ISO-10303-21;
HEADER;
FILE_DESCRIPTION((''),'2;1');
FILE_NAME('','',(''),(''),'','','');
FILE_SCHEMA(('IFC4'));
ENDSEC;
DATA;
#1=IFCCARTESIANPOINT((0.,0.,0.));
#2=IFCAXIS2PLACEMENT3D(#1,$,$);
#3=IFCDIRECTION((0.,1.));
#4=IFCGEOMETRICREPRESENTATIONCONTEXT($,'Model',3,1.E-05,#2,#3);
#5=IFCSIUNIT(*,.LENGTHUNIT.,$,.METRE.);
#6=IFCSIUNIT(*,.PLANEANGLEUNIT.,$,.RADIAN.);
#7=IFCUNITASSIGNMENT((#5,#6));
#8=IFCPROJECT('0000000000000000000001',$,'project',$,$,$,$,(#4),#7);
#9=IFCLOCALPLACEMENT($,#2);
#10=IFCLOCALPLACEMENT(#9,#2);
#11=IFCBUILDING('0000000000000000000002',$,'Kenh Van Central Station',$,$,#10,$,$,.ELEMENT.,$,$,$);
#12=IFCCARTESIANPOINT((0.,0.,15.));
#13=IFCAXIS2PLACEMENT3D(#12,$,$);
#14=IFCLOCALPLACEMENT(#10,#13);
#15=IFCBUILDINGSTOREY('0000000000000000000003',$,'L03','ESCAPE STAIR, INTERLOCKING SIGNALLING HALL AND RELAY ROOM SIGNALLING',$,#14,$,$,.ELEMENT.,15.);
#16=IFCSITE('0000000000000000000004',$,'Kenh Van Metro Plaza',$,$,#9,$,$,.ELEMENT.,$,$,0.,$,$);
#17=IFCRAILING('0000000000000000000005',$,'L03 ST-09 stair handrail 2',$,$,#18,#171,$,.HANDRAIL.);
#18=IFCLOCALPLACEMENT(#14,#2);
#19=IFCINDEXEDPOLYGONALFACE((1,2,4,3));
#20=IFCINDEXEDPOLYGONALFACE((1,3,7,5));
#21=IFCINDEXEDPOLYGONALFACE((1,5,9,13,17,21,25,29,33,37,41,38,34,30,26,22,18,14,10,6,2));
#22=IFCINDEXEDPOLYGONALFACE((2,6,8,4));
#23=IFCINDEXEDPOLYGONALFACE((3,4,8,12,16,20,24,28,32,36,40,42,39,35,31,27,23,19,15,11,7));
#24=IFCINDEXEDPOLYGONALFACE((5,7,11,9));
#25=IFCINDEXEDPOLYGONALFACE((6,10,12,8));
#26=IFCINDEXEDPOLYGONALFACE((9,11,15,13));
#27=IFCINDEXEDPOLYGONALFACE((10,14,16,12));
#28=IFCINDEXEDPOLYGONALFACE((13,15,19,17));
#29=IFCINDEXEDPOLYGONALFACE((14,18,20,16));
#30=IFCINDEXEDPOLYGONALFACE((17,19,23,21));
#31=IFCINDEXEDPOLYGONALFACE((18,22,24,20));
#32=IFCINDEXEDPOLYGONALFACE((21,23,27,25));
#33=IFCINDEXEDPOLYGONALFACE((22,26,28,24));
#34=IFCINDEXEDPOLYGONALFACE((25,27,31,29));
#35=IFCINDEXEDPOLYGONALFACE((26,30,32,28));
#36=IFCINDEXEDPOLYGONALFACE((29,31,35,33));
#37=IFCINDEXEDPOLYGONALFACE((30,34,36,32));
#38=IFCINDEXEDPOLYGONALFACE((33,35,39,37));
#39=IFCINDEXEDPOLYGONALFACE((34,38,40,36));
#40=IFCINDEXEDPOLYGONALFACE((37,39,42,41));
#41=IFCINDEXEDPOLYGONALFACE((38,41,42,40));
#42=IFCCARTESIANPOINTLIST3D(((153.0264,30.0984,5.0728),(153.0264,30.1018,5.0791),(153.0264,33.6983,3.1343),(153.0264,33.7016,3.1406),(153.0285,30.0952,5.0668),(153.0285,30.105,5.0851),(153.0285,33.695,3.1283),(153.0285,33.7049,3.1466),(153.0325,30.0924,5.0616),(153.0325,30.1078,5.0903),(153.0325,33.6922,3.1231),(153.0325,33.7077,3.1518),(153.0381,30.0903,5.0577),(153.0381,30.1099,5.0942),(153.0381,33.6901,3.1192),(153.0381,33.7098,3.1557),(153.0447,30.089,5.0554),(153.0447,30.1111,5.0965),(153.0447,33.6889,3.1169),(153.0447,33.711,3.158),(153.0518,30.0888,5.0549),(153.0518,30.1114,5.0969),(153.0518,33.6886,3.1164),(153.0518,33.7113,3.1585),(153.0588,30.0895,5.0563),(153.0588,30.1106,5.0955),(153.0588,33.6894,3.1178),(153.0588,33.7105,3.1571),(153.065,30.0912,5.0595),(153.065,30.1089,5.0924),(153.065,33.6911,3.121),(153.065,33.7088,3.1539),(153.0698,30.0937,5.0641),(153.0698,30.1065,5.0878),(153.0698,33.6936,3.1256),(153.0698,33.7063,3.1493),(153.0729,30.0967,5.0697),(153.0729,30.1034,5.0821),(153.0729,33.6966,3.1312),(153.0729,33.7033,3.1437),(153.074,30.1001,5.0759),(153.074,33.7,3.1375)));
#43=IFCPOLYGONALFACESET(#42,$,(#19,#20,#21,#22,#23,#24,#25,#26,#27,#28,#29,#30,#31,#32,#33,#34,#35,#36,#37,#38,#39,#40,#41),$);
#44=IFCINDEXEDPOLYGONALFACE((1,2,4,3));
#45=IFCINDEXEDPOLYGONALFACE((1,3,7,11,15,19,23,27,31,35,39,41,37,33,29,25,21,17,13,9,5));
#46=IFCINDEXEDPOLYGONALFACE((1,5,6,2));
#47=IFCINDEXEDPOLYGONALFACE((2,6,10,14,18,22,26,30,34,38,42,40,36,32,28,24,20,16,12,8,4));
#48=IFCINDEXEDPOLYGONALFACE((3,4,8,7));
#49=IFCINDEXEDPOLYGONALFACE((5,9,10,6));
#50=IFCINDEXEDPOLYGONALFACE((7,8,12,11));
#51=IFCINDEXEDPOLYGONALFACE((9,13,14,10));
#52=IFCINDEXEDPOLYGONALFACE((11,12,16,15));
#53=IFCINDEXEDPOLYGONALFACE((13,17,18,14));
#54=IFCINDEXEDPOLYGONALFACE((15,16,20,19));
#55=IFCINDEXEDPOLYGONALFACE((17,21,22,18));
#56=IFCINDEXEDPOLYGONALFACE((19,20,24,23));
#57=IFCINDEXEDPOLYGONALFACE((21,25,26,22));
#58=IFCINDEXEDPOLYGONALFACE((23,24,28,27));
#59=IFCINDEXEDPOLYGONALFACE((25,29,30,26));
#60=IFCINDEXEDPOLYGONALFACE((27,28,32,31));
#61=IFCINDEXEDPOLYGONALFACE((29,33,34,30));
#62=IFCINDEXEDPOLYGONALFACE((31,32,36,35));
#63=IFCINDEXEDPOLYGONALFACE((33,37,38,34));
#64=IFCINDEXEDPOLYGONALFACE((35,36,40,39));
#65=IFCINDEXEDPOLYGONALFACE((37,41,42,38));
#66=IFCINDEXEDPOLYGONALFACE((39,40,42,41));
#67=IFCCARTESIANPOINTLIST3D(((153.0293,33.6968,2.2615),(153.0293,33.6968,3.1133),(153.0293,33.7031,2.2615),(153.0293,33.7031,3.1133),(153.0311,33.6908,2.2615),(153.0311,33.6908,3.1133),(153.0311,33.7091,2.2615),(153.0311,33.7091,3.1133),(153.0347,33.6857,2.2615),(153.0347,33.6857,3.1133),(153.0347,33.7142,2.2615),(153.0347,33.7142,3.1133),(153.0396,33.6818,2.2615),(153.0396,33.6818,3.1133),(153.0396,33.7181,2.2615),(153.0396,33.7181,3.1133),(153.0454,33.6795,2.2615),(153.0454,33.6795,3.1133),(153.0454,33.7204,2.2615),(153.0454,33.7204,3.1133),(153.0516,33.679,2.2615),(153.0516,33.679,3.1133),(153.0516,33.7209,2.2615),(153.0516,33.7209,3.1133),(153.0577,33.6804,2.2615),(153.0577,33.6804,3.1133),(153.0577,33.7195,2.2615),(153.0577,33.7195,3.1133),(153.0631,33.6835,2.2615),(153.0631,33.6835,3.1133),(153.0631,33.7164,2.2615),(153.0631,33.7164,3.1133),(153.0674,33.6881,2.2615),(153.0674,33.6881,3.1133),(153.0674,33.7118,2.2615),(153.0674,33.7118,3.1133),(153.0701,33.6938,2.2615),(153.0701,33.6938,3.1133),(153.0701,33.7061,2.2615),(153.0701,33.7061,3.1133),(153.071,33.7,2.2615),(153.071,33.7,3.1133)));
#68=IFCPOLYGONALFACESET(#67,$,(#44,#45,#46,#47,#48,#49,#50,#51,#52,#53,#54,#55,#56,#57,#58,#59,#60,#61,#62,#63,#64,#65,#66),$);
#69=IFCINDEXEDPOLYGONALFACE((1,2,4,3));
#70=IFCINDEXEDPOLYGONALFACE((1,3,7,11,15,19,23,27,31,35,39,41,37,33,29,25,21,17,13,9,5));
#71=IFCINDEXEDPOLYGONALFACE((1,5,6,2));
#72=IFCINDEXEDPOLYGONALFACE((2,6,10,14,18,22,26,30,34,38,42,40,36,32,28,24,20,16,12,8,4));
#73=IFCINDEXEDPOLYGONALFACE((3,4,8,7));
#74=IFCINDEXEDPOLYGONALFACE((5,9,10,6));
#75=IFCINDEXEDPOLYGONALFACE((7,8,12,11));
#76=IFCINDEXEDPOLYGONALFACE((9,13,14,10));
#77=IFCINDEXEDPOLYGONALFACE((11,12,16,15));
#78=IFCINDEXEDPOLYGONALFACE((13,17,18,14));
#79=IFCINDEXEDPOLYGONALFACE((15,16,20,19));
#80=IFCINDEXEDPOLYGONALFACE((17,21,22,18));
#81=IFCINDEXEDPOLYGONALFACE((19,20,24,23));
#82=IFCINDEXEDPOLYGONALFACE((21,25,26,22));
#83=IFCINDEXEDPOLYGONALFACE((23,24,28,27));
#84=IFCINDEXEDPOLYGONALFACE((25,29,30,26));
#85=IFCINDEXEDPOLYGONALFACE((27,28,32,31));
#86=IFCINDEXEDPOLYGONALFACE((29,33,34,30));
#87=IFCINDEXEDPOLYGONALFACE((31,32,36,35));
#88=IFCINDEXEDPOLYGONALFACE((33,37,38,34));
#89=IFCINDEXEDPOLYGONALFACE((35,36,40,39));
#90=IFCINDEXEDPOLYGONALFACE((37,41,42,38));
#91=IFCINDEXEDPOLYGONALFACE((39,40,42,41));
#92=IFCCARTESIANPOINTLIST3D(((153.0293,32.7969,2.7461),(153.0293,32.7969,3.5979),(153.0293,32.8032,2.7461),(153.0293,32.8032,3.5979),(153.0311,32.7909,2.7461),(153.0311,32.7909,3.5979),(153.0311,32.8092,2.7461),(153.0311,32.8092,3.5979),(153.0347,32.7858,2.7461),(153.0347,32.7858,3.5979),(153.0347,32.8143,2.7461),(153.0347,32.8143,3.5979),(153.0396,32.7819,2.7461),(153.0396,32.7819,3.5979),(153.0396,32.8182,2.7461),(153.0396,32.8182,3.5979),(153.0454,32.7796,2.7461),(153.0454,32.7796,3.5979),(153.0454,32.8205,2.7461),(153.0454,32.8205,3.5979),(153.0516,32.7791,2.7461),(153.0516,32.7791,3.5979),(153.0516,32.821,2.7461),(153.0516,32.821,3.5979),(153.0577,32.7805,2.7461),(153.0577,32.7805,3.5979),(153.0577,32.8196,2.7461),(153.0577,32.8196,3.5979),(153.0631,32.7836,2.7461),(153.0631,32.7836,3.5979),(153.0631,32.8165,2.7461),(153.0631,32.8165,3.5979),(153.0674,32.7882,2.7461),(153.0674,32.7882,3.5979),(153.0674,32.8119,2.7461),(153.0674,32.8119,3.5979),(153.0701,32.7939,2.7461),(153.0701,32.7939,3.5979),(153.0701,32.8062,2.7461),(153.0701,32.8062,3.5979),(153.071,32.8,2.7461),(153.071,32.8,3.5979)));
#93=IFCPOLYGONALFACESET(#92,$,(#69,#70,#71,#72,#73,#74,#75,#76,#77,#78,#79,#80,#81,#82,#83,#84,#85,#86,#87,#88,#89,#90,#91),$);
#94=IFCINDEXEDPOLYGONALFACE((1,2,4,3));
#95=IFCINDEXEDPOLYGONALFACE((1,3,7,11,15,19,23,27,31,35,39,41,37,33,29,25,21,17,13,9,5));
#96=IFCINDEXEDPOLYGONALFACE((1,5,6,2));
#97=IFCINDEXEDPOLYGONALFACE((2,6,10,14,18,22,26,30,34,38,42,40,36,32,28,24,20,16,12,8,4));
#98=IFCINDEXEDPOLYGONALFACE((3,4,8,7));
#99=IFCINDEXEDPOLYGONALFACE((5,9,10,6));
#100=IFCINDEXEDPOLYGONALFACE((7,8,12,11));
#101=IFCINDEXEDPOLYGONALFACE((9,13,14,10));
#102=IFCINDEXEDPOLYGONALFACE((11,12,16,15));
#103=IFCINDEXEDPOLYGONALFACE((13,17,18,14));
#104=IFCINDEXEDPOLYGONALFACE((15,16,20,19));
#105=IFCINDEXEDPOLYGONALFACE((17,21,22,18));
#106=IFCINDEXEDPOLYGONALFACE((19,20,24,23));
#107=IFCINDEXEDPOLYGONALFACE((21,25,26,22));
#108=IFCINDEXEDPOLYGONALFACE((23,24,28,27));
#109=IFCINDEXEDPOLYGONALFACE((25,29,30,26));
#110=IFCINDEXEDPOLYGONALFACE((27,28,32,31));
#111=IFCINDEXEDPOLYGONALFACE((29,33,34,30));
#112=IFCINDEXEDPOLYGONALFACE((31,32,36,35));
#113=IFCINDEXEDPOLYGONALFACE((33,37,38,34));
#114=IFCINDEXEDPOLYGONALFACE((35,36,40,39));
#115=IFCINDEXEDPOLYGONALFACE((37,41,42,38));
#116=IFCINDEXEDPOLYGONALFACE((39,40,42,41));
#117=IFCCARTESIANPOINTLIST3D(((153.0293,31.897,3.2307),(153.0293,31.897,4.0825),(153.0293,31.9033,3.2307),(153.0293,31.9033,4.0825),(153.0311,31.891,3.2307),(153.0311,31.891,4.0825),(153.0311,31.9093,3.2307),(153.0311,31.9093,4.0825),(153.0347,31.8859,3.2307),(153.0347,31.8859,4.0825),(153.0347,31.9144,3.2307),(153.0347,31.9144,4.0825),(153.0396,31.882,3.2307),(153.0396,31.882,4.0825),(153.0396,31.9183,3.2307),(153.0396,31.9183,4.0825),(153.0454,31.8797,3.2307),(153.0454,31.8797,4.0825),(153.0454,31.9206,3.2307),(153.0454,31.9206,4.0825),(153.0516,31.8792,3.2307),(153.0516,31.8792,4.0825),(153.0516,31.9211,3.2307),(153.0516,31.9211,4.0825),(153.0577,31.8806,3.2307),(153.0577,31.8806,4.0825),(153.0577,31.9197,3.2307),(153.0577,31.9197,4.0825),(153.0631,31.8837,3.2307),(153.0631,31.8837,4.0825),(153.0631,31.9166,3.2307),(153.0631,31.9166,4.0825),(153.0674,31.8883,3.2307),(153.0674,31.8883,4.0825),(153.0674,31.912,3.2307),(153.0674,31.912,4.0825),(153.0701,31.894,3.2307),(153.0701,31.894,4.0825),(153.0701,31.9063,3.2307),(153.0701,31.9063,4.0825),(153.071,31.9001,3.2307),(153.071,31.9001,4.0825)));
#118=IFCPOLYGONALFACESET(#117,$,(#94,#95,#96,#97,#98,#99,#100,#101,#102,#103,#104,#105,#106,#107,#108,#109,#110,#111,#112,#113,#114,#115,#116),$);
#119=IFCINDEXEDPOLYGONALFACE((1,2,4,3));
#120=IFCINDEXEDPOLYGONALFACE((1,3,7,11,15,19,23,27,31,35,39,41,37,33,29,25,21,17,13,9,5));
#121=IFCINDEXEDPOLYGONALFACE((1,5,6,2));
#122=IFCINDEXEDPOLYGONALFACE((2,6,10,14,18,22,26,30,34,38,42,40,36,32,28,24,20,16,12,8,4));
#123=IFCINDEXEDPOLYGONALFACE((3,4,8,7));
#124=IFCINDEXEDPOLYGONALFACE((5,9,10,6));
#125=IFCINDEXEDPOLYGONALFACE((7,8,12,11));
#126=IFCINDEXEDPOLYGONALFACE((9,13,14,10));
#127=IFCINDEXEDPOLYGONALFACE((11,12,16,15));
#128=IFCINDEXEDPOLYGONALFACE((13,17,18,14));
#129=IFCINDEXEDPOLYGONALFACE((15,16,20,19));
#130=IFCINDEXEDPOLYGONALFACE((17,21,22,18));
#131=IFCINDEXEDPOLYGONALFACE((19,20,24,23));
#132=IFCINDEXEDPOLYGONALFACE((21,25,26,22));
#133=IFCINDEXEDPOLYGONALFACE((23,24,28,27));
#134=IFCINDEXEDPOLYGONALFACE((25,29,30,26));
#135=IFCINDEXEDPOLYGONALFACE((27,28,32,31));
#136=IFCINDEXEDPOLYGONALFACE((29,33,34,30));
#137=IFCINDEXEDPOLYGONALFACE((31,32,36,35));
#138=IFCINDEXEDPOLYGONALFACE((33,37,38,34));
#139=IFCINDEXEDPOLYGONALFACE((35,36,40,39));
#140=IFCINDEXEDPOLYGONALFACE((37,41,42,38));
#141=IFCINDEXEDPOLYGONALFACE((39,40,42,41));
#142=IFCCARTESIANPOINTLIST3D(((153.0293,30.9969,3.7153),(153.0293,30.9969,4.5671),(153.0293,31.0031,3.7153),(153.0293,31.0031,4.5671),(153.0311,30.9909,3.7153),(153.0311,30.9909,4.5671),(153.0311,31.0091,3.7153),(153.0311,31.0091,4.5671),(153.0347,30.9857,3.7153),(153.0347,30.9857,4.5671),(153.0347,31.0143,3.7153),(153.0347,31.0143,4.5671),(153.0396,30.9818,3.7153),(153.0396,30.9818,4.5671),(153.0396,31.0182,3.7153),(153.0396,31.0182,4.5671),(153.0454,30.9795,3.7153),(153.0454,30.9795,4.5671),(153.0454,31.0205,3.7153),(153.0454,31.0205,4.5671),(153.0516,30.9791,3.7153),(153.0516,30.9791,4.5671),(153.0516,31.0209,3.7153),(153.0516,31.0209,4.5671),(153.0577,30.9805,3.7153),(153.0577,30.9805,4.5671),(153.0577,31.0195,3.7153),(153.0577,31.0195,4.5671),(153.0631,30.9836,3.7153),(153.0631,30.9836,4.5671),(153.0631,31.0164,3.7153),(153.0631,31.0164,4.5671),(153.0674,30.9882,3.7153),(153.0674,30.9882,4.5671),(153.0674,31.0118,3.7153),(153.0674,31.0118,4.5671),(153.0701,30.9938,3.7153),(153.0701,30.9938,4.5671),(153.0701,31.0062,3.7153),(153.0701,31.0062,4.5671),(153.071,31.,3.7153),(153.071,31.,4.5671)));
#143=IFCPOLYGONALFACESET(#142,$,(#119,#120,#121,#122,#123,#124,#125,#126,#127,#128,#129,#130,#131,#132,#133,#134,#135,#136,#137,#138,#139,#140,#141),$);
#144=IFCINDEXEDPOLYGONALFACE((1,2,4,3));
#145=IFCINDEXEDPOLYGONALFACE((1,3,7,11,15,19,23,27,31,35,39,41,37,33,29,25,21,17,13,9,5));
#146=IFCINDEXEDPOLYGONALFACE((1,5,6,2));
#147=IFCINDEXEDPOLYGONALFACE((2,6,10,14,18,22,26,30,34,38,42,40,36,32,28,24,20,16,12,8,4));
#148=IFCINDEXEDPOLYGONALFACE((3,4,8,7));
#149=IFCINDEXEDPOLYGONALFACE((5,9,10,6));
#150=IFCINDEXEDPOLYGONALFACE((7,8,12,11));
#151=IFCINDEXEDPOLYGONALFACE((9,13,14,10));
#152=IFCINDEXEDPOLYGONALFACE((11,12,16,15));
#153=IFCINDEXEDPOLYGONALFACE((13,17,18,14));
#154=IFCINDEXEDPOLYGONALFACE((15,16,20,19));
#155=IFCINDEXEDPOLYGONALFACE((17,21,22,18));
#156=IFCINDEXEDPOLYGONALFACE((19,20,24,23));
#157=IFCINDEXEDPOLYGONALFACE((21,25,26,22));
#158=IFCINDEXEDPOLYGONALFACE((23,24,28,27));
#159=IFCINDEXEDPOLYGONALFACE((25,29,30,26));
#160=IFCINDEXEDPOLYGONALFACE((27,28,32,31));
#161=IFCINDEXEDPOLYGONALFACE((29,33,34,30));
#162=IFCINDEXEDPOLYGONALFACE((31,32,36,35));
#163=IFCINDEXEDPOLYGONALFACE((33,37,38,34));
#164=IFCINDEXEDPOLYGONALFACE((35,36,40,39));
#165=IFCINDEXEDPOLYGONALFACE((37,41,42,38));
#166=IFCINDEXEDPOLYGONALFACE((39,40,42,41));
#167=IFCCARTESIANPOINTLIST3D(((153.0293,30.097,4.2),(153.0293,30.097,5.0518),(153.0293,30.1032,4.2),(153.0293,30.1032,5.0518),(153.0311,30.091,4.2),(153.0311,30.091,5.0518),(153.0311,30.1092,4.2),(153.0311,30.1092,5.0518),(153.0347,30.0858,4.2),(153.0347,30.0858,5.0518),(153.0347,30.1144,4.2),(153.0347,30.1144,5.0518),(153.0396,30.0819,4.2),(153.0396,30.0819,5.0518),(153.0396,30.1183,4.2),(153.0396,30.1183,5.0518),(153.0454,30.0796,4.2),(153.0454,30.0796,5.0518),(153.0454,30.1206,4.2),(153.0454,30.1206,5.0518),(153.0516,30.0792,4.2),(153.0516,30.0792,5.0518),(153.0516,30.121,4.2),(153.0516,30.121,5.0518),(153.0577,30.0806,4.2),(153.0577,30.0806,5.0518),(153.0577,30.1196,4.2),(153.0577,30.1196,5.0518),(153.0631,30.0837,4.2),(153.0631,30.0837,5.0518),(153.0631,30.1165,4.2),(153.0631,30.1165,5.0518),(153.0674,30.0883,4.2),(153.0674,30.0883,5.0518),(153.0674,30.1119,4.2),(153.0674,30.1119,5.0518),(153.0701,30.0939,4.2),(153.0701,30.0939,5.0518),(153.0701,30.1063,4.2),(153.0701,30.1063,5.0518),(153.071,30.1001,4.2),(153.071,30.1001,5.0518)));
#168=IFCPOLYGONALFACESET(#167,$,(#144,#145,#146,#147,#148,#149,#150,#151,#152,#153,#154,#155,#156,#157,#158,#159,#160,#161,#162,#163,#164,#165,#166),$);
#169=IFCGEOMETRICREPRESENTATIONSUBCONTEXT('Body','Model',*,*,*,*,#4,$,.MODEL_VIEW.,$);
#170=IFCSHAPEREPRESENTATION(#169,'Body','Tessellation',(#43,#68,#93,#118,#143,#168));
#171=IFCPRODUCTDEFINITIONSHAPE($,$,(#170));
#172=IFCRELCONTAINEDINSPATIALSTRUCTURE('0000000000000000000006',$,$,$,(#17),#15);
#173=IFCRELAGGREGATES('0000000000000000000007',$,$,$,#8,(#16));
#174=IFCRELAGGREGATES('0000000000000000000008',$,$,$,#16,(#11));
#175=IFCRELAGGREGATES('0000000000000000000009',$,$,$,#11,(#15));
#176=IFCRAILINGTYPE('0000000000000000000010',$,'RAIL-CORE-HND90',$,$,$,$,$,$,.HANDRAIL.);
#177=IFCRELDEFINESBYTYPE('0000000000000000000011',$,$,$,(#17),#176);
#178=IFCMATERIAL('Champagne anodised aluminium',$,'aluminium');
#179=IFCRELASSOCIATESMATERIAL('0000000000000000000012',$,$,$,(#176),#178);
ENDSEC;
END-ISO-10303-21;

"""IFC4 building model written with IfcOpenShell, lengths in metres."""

from ifc_helpers import new_model, si_unit, direction, frame, origin, origin_2d, place, context, subcontext, project, spatial, circle, extrude, material, type_object, element, save


model = new_model("IFC4")

# Units and contexts
model_context = context("Model", 3, precision=1e-05, world=origin(), true_north=direction((0.0, 1.0)))
body_context = subcontext(model_context, "Body", "Model", "MODEL_VIEW")
ifc_project = project(units=[si_unit("LENGTHUNIT", "METRE"), si_unit("PLANEANGLEUNIT", "RADIAN")], contexts=[model_context])

# Site, building, storey
site_placement = place(None, origin())
site = spatial("IfcSite", under=ifc_project, at=site_placement, Name="Kenh Van Metro Plaza", CompositionType="ELEMENT", RefElevation=0.0)
building_placement = place(site_placement, origin())
building = spatial("IfcBuilding", under=site, at=building_placement, Name="Kenh Van Central Station", CompositionType="ELEMENT")
storey_placement = place(building_placement, frame((0.0, 0.0, 15.0)))
storey = spatial("IfcBuildingStorey", under=building, at=storey_placement, Name="L03", Description="ESCAPE STAIR, INTERLOCKING SIGNALLING HALL AND RELAY ROOM SIGNALLING", CompositionType="ELEMENT", Elevation=15.0)

# Shared definitions
ifc_material_1 = material(Name="Champagne anodised aluminium", Category="aluminium")

# Railing
railing_type_1 = type_object("IfcRailingType", Name="RAIL-CORE-HND90", PredefinedType="HANDRAIL", material=ifc_material_1)
railing_1_placement = place(storey_placement, frame((153.05, 33.7, 2.2615)))
element("IfcRailing", 1, at=railing_1_placement, inside=storey, type_object=railing_type_1, Name="L03 ST-09 stair handrail 2", PredefinedType="HANDRAIL", context=body_context, shape_type="SweptSolid", body=[
    extrude(circle(Radius=0.0239, at=origin_2d()), frame((0.0, 0.0, 0.876), z_axis=(0.0, -0.880462, 0.474118), x_axis=(1.0, 0.0, 0.0)), (0.0, 0.0, 1.0), 4.0886),
    extrude(circle(Radius=0.021, at=origin_2d()), origin(), (0.0, 0.0, 1.0), 0.8518),
    extrude(circle(Radius=0.021, at=origin_2d()), frame((0.0, -0.8999, 0.4846)), (0.0, 0.0, 1.0), 0.8518),
    extrude(circle(Radius=0.021, at=origin_2d()), frame((0.0, -1.7998, 0.9692)), (0.0, 0.0, 1.0), 0.8518),
    extrude(circle(Radius=0.021, at=origin_2d()), frame((0.0, -2.7, 1.4539)), (0.0, 0.0, 1.0), 0.8518),
    extrude(circle(Radius=0.021, at=origin_2d()), frame((0.0, -3.5999, 1.9385)), (0.0, 0.0, 1.0), 0.8518),
])

save(model, "model.ifc")
